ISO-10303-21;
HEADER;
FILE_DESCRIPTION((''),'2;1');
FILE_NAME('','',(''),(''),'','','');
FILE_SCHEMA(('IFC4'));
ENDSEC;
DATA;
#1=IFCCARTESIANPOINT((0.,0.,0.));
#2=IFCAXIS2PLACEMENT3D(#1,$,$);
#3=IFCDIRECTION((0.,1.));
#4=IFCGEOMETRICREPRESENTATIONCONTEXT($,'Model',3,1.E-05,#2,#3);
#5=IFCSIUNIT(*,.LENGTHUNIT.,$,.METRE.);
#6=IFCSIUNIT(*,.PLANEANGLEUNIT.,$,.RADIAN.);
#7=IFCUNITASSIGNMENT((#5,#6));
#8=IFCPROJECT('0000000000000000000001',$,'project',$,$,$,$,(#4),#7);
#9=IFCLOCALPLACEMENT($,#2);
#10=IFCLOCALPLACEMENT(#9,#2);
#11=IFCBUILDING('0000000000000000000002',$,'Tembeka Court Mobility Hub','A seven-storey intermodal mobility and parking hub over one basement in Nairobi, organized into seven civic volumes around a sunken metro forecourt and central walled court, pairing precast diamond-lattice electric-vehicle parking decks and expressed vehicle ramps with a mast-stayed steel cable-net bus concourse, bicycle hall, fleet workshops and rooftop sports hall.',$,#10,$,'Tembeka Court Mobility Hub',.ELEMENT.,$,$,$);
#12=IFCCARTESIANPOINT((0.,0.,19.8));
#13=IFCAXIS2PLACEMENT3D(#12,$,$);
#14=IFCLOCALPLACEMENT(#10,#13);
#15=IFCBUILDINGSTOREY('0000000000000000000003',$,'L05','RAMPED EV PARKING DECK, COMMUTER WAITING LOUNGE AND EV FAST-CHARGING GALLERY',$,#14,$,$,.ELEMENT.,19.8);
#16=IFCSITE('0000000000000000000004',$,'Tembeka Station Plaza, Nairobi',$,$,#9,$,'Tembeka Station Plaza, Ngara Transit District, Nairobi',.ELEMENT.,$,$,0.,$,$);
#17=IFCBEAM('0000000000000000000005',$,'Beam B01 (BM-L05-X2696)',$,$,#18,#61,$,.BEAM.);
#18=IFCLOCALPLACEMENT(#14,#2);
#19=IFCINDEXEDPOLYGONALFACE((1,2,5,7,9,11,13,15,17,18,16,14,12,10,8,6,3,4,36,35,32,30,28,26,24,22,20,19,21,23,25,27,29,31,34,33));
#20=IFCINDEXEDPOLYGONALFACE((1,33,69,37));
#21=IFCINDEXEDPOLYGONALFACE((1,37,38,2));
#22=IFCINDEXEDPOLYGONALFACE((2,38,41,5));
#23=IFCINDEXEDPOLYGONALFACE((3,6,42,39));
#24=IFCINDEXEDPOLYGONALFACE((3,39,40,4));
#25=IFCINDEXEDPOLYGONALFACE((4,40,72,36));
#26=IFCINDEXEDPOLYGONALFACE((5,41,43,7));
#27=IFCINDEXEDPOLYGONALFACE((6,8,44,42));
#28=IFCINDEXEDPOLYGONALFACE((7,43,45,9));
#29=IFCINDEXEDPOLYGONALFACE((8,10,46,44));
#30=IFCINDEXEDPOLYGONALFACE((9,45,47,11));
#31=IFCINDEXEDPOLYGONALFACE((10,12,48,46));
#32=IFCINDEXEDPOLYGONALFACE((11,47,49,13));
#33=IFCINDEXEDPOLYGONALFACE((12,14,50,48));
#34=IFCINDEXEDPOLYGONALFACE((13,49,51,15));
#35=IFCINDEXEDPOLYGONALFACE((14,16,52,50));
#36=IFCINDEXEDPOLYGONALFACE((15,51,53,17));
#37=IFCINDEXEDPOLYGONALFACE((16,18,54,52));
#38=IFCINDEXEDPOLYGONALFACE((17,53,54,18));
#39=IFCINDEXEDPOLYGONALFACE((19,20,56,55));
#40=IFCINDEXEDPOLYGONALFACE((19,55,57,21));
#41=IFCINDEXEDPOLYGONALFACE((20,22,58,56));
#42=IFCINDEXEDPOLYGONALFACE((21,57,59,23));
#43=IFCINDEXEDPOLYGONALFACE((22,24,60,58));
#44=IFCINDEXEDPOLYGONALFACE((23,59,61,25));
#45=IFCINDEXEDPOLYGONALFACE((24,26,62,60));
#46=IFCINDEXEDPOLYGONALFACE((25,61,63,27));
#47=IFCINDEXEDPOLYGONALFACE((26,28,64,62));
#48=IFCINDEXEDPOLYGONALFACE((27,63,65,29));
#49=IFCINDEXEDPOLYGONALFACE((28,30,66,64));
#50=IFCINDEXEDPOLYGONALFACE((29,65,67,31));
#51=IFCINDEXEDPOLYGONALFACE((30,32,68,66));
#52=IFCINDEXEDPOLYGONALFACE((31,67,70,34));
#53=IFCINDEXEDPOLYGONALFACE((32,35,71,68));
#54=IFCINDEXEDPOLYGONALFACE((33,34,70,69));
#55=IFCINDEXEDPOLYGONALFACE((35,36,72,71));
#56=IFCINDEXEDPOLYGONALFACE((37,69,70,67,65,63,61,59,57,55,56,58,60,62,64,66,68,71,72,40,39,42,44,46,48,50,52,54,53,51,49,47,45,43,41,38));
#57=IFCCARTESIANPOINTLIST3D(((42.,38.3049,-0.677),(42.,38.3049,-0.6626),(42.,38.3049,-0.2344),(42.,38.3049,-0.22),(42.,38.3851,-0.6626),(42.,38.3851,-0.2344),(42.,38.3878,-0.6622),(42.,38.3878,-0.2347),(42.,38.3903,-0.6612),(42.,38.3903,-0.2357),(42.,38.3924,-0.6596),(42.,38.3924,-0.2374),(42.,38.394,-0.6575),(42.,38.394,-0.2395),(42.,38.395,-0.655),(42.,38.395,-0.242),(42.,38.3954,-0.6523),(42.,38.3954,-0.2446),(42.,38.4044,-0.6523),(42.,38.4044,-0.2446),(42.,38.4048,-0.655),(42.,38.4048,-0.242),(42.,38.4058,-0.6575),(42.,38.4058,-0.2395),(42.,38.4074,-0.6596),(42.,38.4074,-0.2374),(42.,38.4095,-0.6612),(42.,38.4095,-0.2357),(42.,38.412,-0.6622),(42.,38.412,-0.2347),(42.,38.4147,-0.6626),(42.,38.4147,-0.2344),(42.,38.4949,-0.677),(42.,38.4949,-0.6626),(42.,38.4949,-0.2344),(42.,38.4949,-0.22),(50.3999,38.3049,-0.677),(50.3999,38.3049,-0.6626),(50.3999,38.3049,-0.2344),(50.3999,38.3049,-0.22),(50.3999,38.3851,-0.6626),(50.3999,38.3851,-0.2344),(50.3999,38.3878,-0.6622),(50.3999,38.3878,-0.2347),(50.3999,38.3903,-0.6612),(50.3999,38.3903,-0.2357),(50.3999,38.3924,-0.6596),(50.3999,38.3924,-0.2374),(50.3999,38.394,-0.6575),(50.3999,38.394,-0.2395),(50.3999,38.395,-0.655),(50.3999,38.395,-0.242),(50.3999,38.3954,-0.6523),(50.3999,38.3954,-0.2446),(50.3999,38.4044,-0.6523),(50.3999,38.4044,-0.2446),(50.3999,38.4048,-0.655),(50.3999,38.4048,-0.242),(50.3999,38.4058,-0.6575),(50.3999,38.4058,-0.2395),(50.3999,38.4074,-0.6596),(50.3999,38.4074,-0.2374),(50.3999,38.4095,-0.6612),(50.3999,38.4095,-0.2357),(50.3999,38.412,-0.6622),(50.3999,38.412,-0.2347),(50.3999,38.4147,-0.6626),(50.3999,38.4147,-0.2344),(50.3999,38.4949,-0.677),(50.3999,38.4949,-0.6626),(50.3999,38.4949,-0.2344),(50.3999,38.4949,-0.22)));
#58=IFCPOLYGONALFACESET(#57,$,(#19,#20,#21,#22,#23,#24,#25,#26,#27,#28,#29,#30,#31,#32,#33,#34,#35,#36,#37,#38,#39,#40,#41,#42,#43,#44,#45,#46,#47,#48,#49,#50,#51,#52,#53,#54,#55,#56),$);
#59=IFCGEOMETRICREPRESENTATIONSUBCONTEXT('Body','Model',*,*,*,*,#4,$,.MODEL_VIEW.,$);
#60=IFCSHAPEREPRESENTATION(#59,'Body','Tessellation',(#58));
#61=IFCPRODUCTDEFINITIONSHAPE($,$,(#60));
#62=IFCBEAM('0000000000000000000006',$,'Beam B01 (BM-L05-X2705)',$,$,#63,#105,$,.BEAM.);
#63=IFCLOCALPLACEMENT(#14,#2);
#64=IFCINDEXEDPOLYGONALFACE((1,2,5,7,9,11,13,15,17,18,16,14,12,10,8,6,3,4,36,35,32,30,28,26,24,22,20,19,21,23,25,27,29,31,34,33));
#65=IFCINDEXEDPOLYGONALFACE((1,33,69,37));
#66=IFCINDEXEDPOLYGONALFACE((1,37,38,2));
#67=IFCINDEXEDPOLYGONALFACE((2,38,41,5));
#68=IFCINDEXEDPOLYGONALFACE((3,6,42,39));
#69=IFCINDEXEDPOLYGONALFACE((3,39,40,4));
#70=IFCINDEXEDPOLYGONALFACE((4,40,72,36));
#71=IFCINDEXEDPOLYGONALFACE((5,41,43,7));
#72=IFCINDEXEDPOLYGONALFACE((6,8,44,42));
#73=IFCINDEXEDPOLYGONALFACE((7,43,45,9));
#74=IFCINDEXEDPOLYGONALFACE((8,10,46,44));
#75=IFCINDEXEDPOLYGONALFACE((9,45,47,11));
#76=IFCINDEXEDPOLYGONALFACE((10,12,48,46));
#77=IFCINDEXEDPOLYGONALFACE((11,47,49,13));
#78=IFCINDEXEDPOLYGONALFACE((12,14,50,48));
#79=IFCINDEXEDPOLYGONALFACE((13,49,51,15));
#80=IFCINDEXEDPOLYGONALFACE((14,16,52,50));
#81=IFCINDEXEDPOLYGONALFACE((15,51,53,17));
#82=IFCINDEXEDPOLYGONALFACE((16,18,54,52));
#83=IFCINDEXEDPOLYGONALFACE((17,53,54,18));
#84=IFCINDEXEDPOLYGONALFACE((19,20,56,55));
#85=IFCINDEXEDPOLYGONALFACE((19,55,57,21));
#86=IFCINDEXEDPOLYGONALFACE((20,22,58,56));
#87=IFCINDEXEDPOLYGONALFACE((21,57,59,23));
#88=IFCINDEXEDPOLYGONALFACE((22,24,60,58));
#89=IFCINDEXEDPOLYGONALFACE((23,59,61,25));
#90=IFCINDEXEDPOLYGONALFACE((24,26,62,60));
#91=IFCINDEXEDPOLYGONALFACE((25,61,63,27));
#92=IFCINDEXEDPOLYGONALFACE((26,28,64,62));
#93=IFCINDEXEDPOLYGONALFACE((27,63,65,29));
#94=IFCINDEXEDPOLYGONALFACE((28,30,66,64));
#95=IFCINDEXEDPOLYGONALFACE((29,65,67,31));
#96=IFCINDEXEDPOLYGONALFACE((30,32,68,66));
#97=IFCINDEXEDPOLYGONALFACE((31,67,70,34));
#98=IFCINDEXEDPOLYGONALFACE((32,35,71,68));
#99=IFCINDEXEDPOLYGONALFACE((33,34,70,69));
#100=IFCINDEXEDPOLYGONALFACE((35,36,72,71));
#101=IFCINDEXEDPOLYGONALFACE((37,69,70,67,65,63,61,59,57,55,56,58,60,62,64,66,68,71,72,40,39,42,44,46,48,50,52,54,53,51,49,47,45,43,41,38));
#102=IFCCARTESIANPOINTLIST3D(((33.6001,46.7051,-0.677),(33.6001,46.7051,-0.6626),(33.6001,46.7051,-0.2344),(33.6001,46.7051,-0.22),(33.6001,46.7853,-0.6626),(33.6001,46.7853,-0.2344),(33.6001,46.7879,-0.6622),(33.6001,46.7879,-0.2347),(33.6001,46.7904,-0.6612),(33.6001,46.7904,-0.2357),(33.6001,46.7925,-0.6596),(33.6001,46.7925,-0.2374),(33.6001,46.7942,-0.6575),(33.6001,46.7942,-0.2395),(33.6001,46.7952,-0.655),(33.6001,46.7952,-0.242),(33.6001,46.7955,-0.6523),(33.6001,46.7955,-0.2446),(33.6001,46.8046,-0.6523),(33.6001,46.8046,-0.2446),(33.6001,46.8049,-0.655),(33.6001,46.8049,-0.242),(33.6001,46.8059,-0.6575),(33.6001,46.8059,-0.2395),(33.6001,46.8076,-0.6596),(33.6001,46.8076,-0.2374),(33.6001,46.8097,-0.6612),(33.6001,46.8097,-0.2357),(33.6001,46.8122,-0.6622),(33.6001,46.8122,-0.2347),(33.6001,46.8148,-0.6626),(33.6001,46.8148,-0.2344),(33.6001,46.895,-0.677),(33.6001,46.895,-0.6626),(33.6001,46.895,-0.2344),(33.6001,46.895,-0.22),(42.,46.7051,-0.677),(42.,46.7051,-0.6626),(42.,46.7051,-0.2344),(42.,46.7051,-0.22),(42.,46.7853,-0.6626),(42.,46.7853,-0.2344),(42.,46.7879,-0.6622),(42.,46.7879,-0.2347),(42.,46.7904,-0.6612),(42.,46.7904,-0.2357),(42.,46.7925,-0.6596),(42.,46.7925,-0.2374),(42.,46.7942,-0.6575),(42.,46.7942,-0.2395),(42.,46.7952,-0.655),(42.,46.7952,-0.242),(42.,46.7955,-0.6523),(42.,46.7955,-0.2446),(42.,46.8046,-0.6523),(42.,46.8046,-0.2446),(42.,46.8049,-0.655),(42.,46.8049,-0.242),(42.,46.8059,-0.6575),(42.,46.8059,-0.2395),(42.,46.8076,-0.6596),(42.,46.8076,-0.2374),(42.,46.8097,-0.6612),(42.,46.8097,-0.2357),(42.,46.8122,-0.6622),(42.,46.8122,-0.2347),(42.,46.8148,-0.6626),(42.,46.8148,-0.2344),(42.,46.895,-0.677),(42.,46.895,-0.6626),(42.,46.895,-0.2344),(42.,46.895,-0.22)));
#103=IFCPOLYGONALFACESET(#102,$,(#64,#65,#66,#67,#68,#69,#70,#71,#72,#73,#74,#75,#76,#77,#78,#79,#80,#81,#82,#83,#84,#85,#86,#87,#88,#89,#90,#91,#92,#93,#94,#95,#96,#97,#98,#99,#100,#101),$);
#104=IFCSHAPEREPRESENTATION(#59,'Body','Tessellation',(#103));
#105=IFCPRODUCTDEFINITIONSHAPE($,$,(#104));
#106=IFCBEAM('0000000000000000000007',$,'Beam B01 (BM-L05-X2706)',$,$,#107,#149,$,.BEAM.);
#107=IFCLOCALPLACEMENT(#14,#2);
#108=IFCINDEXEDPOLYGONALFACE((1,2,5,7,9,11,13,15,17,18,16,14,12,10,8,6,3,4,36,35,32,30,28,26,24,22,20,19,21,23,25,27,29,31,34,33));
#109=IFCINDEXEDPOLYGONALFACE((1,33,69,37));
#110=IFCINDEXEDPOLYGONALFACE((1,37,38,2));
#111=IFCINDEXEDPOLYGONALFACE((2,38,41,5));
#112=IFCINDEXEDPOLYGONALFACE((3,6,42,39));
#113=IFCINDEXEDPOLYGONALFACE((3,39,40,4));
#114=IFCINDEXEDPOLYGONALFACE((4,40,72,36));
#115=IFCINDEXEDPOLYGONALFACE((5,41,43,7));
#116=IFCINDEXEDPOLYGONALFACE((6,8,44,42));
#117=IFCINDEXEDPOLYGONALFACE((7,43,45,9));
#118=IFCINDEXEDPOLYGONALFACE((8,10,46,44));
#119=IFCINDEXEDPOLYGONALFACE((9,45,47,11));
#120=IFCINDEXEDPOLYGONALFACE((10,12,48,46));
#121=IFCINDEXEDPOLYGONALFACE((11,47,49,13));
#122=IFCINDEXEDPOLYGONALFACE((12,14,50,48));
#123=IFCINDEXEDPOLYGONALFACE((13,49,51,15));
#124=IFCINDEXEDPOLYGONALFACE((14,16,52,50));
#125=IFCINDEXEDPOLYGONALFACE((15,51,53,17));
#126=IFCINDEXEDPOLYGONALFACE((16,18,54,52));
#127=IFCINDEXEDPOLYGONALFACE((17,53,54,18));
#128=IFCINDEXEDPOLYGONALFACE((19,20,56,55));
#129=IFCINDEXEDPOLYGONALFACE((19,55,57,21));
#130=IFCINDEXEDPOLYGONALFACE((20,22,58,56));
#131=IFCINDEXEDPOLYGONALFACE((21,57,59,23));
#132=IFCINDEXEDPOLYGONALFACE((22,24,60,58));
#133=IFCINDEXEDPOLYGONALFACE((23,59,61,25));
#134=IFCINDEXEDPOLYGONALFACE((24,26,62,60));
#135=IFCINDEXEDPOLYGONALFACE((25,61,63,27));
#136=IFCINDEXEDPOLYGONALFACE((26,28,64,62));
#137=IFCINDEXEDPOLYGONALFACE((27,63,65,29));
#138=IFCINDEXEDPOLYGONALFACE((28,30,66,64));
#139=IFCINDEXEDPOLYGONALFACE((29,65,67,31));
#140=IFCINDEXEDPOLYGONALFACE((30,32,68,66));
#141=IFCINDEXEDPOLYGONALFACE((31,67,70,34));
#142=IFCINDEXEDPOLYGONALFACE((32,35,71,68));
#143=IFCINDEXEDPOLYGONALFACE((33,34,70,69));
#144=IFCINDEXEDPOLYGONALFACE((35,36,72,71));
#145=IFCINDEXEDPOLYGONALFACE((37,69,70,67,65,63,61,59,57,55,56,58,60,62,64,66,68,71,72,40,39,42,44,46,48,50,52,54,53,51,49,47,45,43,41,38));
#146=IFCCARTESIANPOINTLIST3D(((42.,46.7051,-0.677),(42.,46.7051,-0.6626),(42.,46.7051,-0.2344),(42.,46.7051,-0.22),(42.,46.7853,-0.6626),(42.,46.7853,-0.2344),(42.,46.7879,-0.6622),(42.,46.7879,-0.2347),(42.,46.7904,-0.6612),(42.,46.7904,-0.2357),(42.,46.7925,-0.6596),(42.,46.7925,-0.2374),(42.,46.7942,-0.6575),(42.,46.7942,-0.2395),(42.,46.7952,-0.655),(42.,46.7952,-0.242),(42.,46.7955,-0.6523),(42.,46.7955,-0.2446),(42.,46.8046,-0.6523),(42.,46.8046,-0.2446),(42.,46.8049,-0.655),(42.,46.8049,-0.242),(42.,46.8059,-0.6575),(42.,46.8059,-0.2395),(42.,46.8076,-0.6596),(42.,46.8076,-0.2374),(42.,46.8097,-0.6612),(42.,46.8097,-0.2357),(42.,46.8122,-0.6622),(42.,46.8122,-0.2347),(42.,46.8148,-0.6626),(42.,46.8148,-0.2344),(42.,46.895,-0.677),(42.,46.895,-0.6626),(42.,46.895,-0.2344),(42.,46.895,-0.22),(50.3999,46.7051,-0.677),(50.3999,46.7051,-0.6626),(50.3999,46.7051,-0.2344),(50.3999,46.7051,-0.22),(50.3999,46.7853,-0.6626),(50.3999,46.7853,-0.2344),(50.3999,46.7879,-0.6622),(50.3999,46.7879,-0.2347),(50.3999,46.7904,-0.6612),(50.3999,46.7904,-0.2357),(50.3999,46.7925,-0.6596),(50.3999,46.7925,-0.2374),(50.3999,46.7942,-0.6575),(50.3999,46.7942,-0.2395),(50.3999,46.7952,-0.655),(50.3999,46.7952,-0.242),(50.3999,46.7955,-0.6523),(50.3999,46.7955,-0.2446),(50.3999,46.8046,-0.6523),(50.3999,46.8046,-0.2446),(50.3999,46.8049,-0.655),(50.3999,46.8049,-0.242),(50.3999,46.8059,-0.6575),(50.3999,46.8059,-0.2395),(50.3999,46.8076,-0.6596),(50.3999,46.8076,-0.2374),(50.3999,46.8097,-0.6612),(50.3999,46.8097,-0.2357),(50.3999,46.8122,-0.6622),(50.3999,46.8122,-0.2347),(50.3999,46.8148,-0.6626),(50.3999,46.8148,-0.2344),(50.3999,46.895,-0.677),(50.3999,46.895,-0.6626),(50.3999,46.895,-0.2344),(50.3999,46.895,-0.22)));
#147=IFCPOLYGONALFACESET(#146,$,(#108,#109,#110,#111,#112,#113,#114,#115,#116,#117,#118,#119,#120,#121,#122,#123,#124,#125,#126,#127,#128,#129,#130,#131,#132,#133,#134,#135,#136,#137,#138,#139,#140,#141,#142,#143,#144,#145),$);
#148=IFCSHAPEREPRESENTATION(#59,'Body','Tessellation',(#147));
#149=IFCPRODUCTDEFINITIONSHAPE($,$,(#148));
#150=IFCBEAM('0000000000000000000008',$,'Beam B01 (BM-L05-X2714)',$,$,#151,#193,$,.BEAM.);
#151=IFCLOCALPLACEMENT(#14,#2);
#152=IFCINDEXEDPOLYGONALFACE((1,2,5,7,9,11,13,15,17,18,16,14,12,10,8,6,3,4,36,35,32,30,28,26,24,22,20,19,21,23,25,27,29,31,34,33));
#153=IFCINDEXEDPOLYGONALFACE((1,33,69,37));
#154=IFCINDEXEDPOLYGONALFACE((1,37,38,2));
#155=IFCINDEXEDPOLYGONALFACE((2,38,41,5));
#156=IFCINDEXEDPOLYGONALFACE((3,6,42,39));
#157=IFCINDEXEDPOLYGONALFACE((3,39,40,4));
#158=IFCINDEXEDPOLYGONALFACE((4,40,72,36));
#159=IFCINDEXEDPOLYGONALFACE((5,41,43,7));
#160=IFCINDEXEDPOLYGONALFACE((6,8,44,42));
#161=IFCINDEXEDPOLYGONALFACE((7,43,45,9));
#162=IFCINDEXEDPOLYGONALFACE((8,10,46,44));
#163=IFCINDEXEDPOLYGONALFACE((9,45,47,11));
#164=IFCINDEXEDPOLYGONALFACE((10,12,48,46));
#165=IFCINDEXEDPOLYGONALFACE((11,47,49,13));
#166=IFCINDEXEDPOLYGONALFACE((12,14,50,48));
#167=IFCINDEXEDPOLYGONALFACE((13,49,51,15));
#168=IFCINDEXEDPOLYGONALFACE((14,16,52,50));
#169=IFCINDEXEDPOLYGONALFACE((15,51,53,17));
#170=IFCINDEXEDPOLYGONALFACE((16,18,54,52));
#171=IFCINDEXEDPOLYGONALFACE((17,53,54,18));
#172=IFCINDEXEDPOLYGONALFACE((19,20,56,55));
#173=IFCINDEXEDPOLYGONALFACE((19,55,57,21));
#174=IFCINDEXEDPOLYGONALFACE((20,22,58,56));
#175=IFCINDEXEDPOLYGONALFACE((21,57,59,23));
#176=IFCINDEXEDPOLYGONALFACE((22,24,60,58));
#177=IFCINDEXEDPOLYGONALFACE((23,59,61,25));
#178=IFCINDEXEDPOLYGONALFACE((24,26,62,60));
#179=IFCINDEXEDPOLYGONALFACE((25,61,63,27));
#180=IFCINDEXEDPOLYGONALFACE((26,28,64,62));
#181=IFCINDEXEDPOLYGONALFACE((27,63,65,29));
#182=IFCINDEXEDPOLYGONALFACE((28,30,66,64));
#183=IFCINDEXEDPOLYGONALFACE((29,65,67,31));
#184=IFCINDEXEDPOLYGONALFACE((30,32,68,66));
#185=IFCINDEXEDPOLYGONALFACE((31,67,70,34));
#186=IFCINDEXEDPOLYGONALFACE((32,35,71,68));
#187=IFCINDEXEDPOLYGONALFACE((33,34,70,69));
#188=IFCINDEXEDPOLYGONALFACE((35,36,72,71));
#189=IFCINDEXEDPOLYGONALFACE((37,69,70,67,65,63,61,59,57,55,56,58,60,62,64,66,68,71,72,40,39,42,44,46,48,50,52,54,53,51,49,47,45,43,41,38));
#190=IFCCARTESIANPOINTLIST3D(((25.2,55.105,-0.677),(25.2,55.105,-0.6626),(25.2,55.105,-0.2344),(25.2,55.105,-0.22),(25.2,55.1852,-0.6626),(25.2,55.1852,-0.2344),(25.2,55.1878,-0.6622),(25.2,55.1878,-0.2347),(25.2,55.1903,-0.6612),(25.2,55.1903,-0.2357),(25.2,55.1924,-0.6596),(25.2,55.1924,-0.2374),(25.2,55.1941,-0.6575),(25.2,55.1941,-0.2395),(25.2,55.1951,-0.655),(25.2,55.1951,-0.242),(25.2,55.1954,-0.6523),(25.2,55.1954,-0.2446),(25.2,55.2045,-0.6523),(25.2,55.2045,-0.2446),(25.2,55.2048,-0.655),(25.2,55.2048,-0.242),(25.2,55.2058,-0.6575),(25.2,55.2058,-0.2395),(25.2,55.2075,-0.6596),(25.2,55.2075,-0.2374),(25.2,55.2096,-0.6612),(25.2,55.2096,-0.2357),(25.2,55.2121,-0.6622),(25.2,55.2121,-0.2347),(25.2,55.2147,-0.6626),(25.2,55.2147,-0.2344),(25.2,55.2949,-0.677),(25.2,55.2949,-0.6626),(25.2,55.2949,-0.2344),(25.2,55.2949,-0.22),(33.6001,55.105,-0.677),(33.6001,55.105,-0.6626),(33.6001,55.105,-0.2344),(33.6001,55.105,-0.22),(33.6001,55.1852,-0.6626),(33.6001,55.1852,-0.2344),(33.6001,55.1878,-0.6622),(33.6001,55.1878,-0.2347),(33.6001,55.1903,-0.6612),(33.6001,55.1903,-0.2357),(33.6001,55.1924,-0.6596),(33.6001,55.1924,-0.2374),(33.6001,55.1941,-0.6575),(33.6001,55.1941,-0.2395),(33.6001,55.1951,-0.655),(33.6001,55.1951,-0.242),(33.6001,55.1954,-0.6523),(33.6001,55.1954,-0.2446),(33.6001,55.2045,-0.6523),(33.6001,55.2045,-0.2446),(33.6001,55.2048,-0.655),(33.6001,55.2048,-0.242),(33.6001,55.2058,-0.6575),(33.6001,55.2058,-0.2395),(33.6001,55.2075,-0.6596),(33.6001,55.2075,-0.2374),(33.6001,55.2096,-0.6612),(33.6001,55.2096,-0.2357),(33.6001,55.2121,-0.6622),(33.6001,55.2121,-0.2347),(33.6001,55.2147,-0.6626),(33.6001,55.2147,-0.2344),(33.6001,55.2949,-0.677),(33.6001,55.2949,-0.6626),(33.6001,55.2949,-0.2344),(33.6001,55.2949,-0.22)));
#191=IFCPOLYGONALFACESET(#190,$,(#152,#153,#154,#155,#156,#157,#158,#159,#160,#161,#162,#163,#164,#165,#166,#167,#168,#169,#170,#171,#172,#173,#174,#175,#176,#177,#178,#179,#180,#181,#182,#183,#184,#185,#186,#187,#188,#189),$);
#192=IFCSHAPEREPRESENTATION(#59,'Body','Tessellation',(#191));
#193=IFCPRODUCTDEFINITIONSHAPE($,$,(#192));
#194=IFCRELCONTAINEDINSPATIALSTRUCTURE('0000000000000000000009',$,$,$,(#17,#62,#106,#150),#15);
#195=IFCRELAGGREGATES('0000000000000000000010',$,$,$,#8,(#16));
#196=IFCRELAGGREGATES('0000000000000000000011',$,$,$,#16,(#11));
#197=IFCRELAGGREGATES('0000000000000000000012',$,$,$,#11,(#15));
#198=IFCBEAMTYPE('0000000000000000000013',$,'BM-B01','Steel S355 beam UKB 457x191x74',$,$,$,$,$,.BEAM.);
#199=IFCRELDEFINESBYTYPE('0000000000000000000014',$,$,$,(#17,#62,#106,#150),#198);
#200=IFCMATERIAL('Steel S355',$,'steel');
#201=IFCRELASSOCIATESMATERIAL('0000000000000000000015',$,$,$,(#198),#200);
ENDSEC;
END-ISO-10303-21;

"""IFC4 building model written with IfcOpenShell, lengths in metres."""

from ifc_helpers import new_model, si_unit, direction, frame, origin, origin_2d, place, context, subcontext, project, spatial, i_section, extrude, material, material_profile, profile_set, type_object, element, save


model = new_model("IFC4")

# Units and contexts
model_context = context("Model", 3, precision=1e-05, world=origin(), true_north=direction((0.0, 1.0)))
body_context = subcontext(model_context, "Body", "Model", "MODEL_VIEW")
ifc_project = project(units=[si_unit("LENGTHUNIT", "METRE"), si_unit("PLANEANGLEUNIT", "RADIAN")], contexts=[model_context])

# Site, building, storey
site_placement = place(None, origin())
site = spatial("IfcSite", under=ifc_project, at=site_placement, Name="Tembeka Station Plaza, Nairobi", LongName="Tembeka Station Plaza, Ngara Transit District, Nairobi", CompositionType="ELEMENT", RefElevation=0.0)
building_placement = place(site_placement, origin())
building = spatial("IfcBuilding", under=site, at=building_placement, Name="Tembeka Court Mobility Hub", Description="A seven-storey intermodal mobility and parking hub over one basement in Nairobi, organized into seven civic volumes around a sunken metro forecourt and central walled court, pairing precast diamond-lattice electric-vehicle parking decks and expressed vehicle ramps with a mast-stayed steel cable-net bus concourse, bicycle hall, fleet workshops and rooftop sports hall.", LongName="Tembeka Court Mobility Hub", CompositionType="ELEMENT")
storey_placement = place(building_placement, frame((0.0, 0.0, 19.8)))
storey = spatial("IfcBuildingStorey", under=building, at=storey_placement, Name="L05", Description="RAMPED EV PARKING DECK, COMMUTER WAITING LOUNGE AND EV FAST-CHARGING GALLERY", CompositionType="ELEMENT", Elevation=19.8)

# Shared definitions
ifc_material_1 = material(Name="Steel S355", Category="steel")

# Beams
ifc_material_profile_1 = material_profile(ifc_material_1, i_section(OverallWidth=0.1899, OverallDepth=0.457, WebThickness=0.009, FlangeThickness=0.0144, FilletRadius=0.0103, at=origin_2d()), Name="UKB 457x191x74")
ifc_profile_set_1 = profile_set([ifc_material_profile_1], Name="Steel S355")
beam_type_1 = type_object("IfcBeamType", Name="BM-B01", Description="Steel S355 beam UKB 457x191x74", PredefinedType="BEAM", material=ifc_profile_set_1)
for number, where, z_axis, x_axis, name in (
    (1, (42.0, 38.3999, -0.4485), (1.0, 0.0, 0.0), (0.0, 1.0, 0.0), "Beam B01 (BM-L05-X2696)"),
    (2, (33.6001, 46.8, -0.4485), (1.0, 0.0, 0.0), (0.0, 1.0, 0.0), "Beam B01 (BM-L05-X2705)"),
    (3, (42.0, 46.8, -0.4485), (1.0, 0.0, 0.0), (0.0, 1.0, 0.0), "Beam B01 (BM-L05-X2706)"),
):
    element("IfcBeam", number, at=place(storey_placement, frame(where, z_axis=z_axis, x_axis=x_axis)), inside=storey, type_object=beam_type_1, Name=name, PredefinedType="BEAM", context=body_context, shape_type="SweptSolid", body=[
        extrude(i_section(OverallWidth=0.1899, OverallDepth=0.457, WebThickness=0.009, FlangeThickness=0.0144, FilletRadius=0.0103, at=origin_2d()), origin(), (0.0, 0.0, 1.0), 8.3999),
    ])
beam_1_placement = place(storey_placement, frame((25.2, 55.2, -0.4485), z_axis=(1.0, 0.0, 0.0), x_axis=(0.0, 1.0, 0.0)))
element("IfcBeam", 4, at=beam_1_placement, inside=storey, type_object=beam_type_1, Name="Beam B01 (BM-L05-X2714)", PredefinedType="BEAM", context=body_context, shape_type="SweptSolid", body=[
    extrude(i_section(OverallWidth=0.1899, OverallDepth=0.457, WebThickness=0.009, FlangeThickness=0.0144, FilletRadius=0.0103, at=origin_2d()), origin(), (0.0, 0.0, 1.0), 8.4001),
])

save(model, "model.ifc")
